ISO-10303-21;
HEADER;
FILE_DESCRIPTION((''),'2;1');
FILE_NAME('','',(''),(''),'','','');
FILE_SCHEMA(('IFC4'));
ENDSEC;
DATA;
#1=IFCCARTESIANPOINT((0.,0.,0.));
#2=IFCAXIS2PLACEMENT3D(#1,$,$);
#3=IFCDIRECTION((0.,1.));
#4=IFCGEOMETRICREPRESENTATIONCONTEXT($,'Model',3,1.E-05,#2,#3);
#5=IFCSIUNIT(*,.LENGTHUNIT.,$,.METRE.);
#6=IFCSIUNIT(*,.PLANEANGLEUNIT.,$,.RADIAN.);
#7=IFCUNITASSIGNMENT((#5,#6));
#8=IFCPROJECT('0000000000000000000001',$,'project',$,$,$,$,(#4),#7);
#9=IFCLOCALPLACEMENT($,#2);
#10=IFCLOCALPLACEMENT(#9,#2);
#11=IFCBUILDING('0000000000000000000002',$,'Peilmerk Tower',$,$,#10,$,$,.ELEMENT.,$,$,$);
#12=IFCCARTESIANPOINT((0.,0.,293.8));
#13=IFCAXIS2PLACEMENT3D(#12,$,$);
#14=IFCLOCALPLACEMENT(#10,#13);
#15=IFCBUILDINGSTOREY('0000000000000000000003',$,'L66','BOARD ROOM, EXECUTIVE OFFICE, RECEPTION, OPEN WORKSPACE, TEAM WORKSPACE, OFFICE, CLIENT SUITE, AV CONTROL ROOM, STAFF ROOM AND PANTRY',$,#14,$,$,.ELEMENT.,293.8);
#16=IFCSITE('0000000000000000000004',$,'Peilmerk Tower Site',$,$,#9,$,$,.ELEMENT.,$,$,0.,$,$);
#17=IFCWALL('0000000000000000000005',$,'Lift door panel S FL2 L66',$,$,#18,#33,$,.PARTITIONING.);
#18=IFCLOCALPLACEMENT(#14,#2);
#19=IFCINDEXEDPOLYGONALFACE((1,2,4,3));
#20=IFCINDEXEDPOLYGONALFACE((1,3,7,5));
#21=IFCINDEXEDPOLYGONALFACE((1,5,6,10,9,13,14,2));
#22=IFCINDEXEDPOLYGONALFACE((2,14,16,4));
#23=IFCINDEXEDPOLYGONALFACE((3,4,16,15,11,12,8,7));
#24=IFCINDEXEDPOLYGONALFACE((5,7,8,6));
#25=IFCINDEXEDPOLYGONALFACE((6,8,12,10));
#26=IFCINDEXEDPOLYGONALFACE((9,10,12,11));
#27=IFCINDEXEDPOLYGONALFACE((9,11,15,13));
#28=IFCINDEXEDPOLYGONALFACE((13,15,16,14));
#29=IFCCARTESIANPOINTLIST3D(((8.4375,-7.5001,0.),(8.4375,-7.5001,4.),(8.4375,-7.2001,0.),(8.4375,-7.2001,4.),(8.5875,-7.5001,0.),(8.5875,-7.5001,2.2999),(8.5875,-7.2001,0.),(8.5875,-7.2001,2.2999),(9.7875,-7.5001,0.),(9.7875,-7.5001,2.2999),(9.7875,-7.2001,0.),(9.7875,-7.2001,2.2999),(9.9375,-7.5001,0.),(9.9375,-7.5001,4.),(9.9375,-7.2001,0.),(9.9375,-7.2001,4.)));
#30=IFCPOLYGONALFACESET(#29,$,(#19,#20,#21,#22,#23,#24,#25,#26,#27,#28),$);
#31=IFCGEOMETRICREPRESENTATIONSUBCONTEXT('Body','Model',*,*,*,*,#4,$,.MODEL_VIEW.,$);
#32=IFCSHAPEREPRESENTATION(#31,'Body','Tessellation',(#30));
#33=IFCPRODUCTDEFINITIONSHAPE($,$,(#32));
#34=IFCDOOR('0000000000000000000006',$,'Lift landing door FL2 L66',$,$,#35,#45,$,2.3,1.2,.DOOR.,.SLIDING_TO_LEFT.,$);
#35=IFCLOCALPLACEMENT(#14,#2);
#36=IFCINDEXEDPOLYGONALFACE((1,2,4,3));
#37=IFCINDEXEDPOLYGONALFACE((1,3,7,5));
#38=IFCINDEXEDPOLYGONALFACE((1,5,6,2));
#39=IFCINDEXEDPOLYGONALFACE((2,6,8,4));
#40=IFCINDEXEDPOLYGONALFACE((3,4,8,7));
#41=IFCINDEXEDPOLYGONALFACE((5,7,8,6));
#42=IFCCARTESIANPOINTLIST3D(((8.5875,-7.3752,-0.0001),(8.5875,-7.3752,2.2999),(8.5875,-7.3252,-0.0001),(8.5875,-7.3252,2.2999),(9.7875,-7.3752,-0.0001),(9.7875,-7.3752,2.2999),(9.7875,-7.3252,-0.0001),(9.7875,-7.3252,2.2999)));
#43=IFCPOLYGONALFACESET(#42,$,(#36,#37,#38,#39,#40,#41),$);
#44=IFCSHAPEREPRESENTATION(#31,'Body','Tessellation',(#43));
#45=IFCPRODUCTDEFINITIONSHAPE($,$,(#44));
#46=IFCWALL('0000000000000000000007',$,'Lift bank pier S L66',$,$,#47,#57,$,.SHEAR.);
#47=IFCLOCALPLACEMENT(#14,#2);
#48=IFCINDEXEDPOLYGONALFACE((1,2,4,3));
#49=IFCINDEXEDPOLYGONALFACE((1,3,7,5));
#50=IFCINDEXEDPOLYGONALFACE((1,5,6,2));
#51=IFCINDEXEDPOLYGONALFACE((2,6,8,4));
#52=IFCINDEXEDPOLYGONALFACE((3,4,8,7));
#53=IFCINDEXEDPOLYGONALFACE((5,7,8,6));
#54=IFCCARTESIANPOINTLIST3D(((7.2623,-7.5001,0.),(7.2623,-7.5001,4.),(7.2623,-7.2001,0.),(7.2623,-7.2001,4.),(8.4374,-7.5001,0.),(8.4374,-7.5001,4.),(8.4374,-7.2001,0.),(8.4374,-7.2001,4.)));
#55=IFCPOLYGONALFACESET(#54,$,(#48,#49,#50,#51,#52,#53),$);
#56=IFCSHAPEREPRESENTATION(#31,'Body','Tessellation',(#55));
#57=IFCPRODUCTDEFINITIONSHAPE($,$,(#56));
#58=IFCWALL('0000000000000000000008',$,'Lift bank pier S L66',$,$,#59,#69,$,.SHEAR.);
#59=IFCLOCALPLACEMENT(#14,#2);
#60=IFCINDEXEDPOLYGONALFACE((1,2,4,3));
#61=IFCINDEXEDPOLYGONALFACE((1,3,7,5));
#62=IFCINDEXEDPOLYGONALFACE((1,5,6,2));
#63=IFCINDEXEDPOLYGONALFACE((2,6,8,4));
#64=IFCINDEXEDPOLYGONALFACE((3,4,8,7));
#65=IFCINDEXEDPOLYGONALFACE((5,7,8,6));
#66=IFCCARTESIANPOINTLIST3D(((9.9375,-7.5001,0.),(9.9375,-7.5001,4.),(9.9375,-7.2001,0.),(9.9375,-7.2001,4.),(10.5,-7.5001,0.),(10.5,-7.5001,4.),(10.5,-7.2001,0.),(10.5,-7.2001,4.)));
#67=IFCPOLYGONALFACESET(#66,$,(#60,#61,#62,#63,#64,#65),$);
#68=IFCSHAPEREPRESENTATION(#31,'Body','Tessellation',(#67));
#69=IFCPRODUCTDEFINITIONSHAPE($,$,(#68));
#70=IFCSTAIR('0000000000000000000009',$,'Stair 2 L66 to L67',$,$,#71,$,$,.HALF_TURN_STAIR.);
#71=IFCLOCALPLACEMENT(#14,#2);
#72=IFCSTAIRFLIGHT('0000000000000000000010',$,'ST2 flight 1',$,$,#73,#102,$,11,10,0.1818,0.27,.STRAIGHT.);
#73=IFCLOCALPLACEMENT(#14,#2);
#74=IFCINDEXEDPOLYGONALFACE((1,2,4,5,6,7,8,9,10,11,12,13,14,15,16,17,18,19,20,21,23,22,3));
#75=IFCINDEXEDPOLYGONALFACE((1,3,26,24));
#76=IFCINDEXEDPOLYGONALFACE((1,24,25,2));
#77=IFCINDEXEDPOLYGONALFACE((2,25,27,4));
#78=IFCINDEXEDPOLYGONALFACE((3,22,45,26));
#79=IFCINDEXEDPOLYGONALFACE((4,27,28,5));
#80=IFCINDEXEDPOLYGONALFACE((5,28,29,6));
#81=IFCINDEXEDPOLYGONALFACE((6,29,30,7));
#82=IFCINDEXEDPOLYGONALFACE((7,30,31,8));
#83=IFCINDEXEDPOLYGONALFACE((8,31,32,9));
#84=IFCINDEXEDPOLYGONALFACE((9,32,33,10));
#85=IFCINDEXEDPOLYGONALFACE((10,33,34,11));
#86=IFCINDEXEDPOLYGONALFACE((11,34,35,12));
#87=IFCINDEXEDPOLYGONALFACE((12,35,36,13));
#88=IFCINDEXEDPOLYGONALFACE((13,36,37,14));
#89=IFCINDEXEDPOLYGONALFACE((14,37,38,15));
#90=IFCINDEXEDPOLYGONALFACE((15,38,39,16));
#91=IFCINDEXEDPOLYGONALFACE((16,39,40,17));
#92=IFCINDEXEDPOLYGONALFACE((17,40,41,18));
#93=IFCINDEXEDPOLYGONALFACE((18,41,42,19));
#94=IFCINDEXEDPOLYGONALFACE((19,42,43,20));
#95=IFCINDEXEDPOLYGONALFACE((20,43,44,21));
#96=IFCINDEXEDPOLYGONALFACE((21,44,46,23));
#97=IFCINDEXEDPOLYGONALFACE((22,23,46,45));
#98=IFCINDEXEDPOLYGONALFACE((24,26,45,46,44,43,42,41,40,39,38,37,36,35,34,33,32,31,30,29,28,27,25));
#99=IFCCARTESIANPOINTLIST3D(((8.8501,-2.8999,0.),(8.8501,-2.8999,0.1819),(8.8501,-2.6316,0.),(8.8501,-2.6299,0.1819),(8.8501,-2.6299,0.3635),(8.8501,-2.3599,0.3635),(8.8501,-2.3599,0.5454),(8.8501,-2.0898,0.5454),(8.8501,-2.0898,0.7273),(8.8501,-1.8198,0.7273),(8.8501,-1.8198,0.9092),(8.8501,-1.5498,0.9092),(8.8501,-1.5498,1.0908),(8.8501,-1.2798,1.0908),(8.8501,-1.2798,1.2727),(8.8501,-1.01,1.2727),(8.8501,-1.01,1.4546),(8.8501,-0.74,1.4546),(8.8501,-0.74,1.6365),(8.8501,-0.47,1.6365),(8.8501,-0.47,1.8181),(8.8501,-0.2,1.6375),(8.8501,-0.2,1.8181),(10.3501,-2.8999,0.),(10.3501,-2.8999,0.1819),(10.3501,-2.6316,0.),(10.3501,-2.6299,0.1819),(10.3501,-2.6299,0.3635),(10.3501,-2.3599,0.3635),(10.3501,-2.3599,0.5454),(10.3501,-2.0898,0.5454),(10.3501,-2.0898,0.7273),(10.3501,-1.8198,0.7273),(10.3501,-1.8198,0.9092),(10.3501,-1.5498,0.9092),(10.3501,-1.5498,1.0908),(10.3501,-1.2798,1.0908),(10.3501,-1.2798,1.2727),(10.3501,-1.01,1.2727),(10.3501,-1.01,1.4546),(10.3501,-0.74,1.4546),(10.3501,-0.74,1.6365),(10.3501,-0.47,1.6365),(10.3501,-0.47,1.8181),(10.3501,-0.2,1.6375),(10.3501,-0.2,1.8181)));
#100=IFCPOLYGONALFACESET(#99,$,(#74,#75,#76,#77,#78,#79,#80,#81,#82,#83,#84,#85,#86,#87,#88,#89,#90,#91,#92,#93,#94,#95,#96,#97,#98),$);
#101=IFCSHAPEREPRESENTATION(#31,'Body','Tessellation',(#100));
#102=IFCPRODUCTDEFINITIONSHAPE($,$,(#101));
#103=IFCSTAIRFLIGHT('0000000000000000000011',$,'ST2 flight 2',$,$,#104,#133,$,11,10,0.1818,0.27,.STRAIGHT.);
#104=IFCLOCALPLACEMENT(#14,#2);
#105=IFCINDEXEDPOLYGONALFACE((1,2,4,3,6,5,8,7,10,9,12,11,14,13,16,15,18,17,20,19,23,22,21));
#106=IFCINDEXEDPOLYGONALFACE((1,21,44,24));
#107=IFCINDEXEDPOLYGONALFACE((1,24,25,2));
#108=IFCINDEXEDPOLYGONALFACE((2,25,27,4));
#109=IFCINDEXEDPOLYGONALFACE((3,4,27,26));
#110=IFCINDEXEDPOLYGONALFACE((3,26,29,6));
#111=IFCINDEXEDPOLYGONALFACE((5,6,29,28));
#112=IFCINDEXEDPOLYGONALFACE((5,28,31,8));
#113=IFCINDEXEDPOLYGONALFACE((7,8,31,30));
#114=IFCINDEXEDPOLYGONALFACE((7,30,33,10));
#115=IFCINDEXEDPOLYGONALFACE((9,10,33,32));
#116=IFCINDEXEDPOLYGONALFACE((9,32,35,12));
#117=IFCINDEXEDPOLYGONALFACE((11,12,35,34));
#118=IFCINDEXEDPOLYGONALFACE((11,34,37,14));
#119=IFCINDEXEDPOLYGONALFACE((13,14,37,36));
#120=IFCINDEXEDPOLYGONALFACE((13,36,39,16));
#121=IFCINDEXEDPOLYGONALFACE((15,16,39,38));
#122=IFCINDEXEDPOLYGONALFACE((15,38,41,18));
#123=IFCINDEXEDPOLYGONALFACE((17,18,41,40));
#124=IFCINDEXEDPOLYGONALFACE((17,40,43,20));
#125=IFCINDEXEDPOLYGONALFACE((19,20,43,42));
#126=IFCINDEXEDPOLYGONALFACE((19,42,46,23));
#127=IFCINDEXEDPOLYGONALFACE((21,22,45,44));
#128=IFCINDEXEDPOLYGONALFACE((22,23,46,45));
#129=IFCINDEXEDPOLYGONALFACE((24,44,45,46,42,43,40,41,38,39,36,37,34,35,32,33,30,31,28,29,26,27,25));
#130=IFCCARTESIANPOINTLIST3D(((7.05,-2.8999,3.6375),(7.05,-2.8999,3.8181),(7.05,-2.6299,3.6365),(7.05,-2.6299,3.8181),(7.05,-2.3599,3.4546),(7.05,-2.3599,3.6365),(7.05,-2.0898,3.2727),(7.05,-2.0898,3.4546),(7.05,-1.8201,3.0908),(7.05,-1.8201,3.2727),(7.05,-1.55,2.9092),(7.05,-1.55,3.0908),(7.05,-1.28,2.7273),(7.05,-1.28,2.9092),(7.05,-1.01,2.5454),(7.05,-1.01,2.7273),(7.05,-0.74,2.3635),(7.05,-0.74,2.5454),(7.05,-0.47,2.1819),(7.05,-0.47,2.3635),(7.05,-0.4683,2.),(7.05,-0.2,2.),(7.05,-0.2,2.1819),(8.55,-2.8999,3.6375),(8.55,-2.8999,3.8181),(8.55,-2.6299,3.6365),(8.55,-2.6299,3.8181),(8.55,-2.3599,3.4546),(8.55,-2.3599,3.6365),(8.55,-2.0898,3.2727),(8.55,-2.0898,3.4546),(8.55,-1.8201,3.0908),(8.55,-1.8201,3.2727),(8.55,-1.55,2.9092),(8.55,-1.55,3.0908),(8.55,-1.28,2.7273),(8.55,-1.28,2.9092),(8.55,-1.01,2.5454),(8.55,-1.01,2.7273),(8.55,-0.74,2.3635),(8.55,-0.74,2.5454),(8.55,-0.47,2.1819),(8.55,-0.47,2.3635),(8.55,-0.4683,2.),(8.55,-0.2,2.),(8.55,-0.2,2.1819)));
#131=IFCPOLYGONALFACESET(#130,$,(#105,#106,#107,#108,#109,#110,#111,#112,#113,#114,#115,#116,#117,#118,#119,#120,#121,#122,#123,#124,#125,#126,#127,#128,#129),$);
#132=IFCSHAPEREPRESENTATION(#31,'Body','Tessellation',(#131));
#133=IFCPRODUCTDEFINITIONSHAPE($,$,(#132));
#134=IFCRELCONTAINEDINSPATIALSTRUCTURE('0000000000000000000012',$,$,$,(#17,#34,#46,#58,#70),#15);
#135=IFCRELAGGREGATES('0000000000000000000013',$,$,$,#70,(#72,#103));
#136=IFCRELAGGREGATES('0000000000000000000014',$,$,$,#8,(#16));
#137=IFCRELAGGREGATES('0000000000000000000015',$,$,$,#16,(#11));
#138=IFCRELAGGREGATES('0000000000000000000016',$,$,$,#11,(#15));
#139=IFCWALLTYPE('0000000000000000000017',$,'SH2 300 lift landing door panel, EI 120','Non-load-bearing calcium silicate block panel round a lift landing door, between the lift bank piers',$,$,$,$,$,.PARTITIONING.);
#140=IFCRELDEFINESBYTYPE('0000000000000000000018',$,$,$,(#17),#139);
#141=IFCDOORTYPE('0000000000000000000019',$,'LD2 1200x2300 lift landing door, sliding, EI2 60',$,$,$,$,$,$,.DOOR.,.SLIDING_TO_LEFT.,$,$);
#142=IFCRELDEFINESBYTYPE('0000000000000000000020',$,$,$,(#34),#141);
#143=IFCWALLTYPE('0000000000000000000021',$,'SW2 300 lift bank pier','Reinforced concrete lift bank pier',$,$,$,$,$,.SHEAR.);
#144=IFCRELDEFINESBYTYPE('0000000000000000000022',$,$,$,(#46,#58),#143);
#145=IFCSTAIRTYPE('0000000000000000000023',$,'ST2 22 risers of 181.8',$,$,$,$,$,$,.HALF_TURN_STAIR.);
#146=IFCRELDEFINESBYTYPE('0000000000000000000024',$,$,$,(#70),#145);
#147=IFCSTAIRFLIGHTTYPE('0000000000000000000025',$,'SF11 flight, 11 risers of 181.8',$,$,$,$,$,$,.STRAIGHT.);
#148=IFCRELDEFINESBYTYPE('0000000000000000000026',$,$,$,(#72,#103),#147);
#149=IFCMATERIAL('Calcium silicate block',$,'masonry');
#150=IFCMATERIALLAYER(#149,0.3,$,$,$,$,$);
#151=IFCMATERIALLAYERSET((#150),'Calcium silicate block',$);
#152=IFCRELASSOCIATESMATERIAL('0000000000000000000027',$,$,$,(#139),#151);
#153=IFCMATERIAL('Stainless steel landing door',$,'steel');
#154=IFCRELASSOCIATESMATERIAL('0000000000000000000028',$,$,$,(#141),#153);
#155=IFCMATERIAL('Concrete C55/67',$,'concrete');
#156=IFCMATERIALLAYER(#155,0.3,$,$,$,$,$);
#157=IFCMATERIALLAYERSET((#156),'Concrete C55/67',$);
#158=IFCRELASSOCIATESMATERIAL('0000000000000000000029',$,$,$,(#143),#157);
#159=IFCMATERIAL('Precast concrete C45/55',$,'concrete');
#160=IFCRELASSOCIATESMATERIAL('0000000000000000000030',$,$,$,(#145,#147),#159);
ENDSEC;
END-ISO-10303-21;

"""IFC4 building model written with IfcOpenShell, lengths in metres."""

from ifc_helpers import new_model, si_unit, direction, frame, frame_2d, origin, place, context, subcontext, project, spatial, polyline, rectangle, outline, extrude, material, layer, layer_set, type_object, element, fill, aggregate, save


model = new_model("IFC4")

# Units and contexts
model_context = context("Model", 3, precision=1e-05, world=origin(), true_north=direction((0.0, 1.0)))
body_context = subcontext(model_context, "Body", "Model", "MODEL_VIEW")
ifc_project = project(units=[si_unit("LENGTHUNIT", "METRE"), si_unit("PLANEANGLEUNIT", "RADIAN")], contexts=[model_context])

# Site, building, storey
site_placement = place(None, origin())
site = spatial("IfcSite", under=ifc_project, at=site_placement, Name="Peilmerk Tower Site", CompositionType="ELEMENT", RefElevation=0.0)
building_placement = place(site_placement, origin())
building = spatial("IfcBuilding", under=site, at=building_placement, Name="Peilmerk Tower", CompositionType="ELEMENT")
storey_placement = place(building_placement, frame((0.0, 0.0, 293.8)))
storey = spatial("IfcBuildingStorey", under=building, at=storey_placement, Name="L66", Description="BOARD ROOM, EXECUTIVE OFFICE, RECEPTION, OPEN WORKSPACE, TEAM WORKSPACE, OFFICE, CLIENT SUITE, AV CONTROL ROOM, STAFF ROOM AND PANTRY", CompositionType="ELEMENT", Elevation=293.8)

# Shared definitions
ifc_material_1 = material(Name="Calcium silicate block", Category="masonry")
ifc_layer_1 = layer(ifc_material_1, 0.3)
ifc_layer_set_1 = layer_set([ifc_layer_1], Name="Calcium silicate block")
wall_type_1 = type_object("IfcWallType", Name="SH2 300 lift landing door panel, EI 120", Description="Non-load-bearing calcium silicate block panel round a lift landing door, between the lift bank piers", PredefinedType="PARTITIONING", material=ifc_layer_set_1)

# Wall, opening, door
wall_1_placement = place(storey_placement, frame((8.4375, -7.3501, 0.0), z_axis=(0.0, 0.0, 1.0), x_axis=(1.0, 0.0, 0.0)))
wall_1 = element("IfcWall", 1, at=wall_1_placement, inside=storey, type_object=wall_type_1, Name="Lift door panel S FL2 L66", PredefinedType="PARTITIONING", context=body_context, shape_type="SweptSolid", body=[
    extrude(rectangle(XDim=1.5, YDim=0.3, at=frame_2d((0.75, 0.0))), origin(), (0.0, 0.0, 1.0), 4.0),
])
opening_1_placement = place(wall_1_placement, frame((0.1499, 0.0, 0.0)))
opening_1 = element("IfcOpeningElement", 2, at=opening_1_placement, cuts=wall_1, PredefinedType="OPENING", context=body_context, shape_type="SweptSolid", body=[
    extrude(rectangle(XDim=1.2, YDim=2.3, at=frame_2d((0.6001, 1.1499))), frame((0.0, 0.1599, 0.0), z_axis=(0.0, -1.0, 0.0), x_axis=(1.0, 0.0, 0.0)), (0.0, 0.0, 1.0), 0.3201),
])
ifc_material_2 = material(Name="Stainless steel landing door", Category="steel")
door_type_1 = type_object("IfcDoorType", Name="LD2 1200x2300 lift landing door, sliding, EI2 60", OperationType="SLIDING_TO_LEFT", PredefinedType="DOOR", material=ifc_material_2)
door_1_placement = place(opening_1_placement, origin())
door_1 = element("IfcDoor", 3, at=door_1_placement, inside=storey, type_object=door_type_1, Name="Lift landing door FL2 L66", OperationType="SLIDING_TO_LEFT", OverallHeight=2.3, OverallWidth=1.2, PredefinedType="DOOR", context=body_context, shape_type="SweptSolid", body=[
    extrude(rectangle(XDim=1.2, YDim=2.3, at=frame_2d((0.6001, 1.1499))), frame((0.0, 0.0249, 0.0), z_axis=(0.0, -1.0, 0.0), x_axis=(1.0, 0.0, 0.0)), (0.0, 0.0, 1.0), 0.05),
])
fill(opening_1, door_1)

# Walls
ifc_material_3 = material(Name="Concrete C55/67", Category="concrete")
ifc_layer_2 = layer(ifc_material_3, 0.3)
ifc_layer_set_2 = layer_set([ifc_layer_2], Name="Concrete C55/67")
wall_type_2 = type_object("IfcWallType", Name="SW2 300 lift bank pier", Description="Reinforced concrete lift bank pier", PredefinedType="SHEAR", material=ifc_layer_set_2)
wall_2_placement = place(storey_placement, frame((7.2625, -7.3501, 0.0), z_axis=(0.0, 0.0, 1.0), x_axis=(1.0, 0.0, 0.0)))
element("IfcWall", 4, at=wall_2_placement, inside=storey, type_object=wall_type_2, Name="Lift bank pier S L66", PredefinedType="SHEAR", context=body_context, shape_type="SweptSolid", body=[
    extrude(rectangle(XDim=1.175, YDim=0.3, at=frame_2d((0.5874, 0.0))), origin(), (0.0, 0.0, 1.0), 4.0),
])
wall_3_placement = place(storey_placement, frame((9.9375, -7.3501, 0.0), z_axis=(0.0, 0.0, 1.0), x_axis=(1.0, 0.0, 0.0)))
element("IfcWall", 5, at=wall_3_placement, inside=storey, type_object=wall_type_2, Name="Lift bank pier S L66", PredefinedType="SHEAR", context=body_context, shape_type="SweptSolid", body=[
    extrude(rectangle(XDim=0.5625, YDim=0.3, at=frame_2d((0.2812, 0.0))), origin(), (0.0, 0.0, 1.0), 4.0),
])

# Stair, stair flights
ifc_material_4 = material(Name="Precast concrete C45/55", Category="concrete")
stair_type = type_object("IfcStairType", Name="ST2 22 risers of 181.8", PredefinedType="HALF_TURN_STAIR", material=ifc_material_4)
stair_placement = place(storey_placement, origin())
stair = element("IfcStair", 6, at=stair_placement, inside=storey, type_object=stair_type, Name="Stair 2 L66 to L67", PredefinedType="HALF_TURN_STAIR")
stair_flight_type = type_object("IfcStairFlightType", Name="SF11 flight, 11 risers of 181.8", PredefinedType="STRAIGHT", material=ifc_material_4)
stair_flight_1_placement = place(storey_placement, frame((9.6001, -2.8999, 0.0), z_axis=(0.0, 0.0, 1.0), x_axis=(0.0, 1.0, 0.0)))
stair_flight_1 = element("IfcStairFlight", 7, at=stair_flight_1_placement, type_object=stair_flight_type, Name="ST2 flight 1", NumberOfRisers=11, NumberOfTreads=10, PredefinedType="STRAIGHT", RiserHeight=0.1818, TreadLength=0.27, context=body_context, shape_type="SweptSolid", body=[
    extrude(outline(polyline([(0.0, 0.0), (0.0, 0.1819), (0.27, 0.1819), (0.27, 0.3635), (0.54, 0.3635), (0.54, 0.5454), (0.8101, 0.5454), (0.8101, 0.7273), (1.0801, 0.7273), (1.0801, 0.9092), (1.3501, 0.9092), (1.3501, 1.0908), (1.6201, 1.0908), (1.6201, 1.2727), (1.8899, 1.2727), (1.8899, 1.4546), (2.1599, 1.4546), (2.1599, 1.6365), (2.4299, 1.6365), (2.4299, 1.8181), (2.7, 1.8181), (2.7, 2.0), (2.7, 1.6375), (0.2683, 0.0), (0.0, 0.0)])), frame((0.0, 0.75, 0.0), z_axis=(0.0, -1.0, 0.0), x_axis=(1.0, 0.0, 0.0)), (0.0, 0.0, 1.0), 1.5),
])
stair_flight_2_placement = place(storey_placement, frame((7.8, -0.2, 2.0), z_axis=(0.0, 0.0, 1.0), x_axis=(0.0, -1.0, 0.0)))
stair_flight_2 = element("IfcStairFlight", 8, at=stair_flight_2_placement, type_object=stair_flight_type, Name="ST2 flight 2", NumberOfRisers=11, NumberOfTreads=10, PredefinedType="STRAIGHT", RiserHeight=0.1818, TreadLength=0.27, context=body_context, shape_type="SweptSolid", body=[
    extrude(outline(polyline([(0.0, 0.0), (0.0, 0.1819), (0.27, 0.1819), (0.27, 0.3635), (0.54, 0.3635), (0.54, 0.5454), (0.8101, 0.5454), (0.8101, 0.7273), (1.0801, 0.7273), (1.0801, 0.9092), (1.3501, 0.9092), (1.3501, 1.0908), (1.6201, 1.0908), (1.6201, 1.2727), (1.8899, 1.2727), (1.8899, 1.4546), (2.1599, 1.4546), (2.1599, 1.6365), (2.4299, 1.6365), (2.4299, 1.8181), (2.7, 1.8181), (2.7, 2.0), (2.7, 1.6375), (0.2683, 0.0), (0.0, 0.0)])), frame((0.0, 0.75, 0.0), z_axis=(0.0, -1.0, 0.0), x_axis=(1.0, 0.0, 0.0)), (0.0, 0.0, 1.0), 1.5),
])
aggregate(stair, [stair_flight_1, stair_flight_2])

save(model, "model.ifc")
